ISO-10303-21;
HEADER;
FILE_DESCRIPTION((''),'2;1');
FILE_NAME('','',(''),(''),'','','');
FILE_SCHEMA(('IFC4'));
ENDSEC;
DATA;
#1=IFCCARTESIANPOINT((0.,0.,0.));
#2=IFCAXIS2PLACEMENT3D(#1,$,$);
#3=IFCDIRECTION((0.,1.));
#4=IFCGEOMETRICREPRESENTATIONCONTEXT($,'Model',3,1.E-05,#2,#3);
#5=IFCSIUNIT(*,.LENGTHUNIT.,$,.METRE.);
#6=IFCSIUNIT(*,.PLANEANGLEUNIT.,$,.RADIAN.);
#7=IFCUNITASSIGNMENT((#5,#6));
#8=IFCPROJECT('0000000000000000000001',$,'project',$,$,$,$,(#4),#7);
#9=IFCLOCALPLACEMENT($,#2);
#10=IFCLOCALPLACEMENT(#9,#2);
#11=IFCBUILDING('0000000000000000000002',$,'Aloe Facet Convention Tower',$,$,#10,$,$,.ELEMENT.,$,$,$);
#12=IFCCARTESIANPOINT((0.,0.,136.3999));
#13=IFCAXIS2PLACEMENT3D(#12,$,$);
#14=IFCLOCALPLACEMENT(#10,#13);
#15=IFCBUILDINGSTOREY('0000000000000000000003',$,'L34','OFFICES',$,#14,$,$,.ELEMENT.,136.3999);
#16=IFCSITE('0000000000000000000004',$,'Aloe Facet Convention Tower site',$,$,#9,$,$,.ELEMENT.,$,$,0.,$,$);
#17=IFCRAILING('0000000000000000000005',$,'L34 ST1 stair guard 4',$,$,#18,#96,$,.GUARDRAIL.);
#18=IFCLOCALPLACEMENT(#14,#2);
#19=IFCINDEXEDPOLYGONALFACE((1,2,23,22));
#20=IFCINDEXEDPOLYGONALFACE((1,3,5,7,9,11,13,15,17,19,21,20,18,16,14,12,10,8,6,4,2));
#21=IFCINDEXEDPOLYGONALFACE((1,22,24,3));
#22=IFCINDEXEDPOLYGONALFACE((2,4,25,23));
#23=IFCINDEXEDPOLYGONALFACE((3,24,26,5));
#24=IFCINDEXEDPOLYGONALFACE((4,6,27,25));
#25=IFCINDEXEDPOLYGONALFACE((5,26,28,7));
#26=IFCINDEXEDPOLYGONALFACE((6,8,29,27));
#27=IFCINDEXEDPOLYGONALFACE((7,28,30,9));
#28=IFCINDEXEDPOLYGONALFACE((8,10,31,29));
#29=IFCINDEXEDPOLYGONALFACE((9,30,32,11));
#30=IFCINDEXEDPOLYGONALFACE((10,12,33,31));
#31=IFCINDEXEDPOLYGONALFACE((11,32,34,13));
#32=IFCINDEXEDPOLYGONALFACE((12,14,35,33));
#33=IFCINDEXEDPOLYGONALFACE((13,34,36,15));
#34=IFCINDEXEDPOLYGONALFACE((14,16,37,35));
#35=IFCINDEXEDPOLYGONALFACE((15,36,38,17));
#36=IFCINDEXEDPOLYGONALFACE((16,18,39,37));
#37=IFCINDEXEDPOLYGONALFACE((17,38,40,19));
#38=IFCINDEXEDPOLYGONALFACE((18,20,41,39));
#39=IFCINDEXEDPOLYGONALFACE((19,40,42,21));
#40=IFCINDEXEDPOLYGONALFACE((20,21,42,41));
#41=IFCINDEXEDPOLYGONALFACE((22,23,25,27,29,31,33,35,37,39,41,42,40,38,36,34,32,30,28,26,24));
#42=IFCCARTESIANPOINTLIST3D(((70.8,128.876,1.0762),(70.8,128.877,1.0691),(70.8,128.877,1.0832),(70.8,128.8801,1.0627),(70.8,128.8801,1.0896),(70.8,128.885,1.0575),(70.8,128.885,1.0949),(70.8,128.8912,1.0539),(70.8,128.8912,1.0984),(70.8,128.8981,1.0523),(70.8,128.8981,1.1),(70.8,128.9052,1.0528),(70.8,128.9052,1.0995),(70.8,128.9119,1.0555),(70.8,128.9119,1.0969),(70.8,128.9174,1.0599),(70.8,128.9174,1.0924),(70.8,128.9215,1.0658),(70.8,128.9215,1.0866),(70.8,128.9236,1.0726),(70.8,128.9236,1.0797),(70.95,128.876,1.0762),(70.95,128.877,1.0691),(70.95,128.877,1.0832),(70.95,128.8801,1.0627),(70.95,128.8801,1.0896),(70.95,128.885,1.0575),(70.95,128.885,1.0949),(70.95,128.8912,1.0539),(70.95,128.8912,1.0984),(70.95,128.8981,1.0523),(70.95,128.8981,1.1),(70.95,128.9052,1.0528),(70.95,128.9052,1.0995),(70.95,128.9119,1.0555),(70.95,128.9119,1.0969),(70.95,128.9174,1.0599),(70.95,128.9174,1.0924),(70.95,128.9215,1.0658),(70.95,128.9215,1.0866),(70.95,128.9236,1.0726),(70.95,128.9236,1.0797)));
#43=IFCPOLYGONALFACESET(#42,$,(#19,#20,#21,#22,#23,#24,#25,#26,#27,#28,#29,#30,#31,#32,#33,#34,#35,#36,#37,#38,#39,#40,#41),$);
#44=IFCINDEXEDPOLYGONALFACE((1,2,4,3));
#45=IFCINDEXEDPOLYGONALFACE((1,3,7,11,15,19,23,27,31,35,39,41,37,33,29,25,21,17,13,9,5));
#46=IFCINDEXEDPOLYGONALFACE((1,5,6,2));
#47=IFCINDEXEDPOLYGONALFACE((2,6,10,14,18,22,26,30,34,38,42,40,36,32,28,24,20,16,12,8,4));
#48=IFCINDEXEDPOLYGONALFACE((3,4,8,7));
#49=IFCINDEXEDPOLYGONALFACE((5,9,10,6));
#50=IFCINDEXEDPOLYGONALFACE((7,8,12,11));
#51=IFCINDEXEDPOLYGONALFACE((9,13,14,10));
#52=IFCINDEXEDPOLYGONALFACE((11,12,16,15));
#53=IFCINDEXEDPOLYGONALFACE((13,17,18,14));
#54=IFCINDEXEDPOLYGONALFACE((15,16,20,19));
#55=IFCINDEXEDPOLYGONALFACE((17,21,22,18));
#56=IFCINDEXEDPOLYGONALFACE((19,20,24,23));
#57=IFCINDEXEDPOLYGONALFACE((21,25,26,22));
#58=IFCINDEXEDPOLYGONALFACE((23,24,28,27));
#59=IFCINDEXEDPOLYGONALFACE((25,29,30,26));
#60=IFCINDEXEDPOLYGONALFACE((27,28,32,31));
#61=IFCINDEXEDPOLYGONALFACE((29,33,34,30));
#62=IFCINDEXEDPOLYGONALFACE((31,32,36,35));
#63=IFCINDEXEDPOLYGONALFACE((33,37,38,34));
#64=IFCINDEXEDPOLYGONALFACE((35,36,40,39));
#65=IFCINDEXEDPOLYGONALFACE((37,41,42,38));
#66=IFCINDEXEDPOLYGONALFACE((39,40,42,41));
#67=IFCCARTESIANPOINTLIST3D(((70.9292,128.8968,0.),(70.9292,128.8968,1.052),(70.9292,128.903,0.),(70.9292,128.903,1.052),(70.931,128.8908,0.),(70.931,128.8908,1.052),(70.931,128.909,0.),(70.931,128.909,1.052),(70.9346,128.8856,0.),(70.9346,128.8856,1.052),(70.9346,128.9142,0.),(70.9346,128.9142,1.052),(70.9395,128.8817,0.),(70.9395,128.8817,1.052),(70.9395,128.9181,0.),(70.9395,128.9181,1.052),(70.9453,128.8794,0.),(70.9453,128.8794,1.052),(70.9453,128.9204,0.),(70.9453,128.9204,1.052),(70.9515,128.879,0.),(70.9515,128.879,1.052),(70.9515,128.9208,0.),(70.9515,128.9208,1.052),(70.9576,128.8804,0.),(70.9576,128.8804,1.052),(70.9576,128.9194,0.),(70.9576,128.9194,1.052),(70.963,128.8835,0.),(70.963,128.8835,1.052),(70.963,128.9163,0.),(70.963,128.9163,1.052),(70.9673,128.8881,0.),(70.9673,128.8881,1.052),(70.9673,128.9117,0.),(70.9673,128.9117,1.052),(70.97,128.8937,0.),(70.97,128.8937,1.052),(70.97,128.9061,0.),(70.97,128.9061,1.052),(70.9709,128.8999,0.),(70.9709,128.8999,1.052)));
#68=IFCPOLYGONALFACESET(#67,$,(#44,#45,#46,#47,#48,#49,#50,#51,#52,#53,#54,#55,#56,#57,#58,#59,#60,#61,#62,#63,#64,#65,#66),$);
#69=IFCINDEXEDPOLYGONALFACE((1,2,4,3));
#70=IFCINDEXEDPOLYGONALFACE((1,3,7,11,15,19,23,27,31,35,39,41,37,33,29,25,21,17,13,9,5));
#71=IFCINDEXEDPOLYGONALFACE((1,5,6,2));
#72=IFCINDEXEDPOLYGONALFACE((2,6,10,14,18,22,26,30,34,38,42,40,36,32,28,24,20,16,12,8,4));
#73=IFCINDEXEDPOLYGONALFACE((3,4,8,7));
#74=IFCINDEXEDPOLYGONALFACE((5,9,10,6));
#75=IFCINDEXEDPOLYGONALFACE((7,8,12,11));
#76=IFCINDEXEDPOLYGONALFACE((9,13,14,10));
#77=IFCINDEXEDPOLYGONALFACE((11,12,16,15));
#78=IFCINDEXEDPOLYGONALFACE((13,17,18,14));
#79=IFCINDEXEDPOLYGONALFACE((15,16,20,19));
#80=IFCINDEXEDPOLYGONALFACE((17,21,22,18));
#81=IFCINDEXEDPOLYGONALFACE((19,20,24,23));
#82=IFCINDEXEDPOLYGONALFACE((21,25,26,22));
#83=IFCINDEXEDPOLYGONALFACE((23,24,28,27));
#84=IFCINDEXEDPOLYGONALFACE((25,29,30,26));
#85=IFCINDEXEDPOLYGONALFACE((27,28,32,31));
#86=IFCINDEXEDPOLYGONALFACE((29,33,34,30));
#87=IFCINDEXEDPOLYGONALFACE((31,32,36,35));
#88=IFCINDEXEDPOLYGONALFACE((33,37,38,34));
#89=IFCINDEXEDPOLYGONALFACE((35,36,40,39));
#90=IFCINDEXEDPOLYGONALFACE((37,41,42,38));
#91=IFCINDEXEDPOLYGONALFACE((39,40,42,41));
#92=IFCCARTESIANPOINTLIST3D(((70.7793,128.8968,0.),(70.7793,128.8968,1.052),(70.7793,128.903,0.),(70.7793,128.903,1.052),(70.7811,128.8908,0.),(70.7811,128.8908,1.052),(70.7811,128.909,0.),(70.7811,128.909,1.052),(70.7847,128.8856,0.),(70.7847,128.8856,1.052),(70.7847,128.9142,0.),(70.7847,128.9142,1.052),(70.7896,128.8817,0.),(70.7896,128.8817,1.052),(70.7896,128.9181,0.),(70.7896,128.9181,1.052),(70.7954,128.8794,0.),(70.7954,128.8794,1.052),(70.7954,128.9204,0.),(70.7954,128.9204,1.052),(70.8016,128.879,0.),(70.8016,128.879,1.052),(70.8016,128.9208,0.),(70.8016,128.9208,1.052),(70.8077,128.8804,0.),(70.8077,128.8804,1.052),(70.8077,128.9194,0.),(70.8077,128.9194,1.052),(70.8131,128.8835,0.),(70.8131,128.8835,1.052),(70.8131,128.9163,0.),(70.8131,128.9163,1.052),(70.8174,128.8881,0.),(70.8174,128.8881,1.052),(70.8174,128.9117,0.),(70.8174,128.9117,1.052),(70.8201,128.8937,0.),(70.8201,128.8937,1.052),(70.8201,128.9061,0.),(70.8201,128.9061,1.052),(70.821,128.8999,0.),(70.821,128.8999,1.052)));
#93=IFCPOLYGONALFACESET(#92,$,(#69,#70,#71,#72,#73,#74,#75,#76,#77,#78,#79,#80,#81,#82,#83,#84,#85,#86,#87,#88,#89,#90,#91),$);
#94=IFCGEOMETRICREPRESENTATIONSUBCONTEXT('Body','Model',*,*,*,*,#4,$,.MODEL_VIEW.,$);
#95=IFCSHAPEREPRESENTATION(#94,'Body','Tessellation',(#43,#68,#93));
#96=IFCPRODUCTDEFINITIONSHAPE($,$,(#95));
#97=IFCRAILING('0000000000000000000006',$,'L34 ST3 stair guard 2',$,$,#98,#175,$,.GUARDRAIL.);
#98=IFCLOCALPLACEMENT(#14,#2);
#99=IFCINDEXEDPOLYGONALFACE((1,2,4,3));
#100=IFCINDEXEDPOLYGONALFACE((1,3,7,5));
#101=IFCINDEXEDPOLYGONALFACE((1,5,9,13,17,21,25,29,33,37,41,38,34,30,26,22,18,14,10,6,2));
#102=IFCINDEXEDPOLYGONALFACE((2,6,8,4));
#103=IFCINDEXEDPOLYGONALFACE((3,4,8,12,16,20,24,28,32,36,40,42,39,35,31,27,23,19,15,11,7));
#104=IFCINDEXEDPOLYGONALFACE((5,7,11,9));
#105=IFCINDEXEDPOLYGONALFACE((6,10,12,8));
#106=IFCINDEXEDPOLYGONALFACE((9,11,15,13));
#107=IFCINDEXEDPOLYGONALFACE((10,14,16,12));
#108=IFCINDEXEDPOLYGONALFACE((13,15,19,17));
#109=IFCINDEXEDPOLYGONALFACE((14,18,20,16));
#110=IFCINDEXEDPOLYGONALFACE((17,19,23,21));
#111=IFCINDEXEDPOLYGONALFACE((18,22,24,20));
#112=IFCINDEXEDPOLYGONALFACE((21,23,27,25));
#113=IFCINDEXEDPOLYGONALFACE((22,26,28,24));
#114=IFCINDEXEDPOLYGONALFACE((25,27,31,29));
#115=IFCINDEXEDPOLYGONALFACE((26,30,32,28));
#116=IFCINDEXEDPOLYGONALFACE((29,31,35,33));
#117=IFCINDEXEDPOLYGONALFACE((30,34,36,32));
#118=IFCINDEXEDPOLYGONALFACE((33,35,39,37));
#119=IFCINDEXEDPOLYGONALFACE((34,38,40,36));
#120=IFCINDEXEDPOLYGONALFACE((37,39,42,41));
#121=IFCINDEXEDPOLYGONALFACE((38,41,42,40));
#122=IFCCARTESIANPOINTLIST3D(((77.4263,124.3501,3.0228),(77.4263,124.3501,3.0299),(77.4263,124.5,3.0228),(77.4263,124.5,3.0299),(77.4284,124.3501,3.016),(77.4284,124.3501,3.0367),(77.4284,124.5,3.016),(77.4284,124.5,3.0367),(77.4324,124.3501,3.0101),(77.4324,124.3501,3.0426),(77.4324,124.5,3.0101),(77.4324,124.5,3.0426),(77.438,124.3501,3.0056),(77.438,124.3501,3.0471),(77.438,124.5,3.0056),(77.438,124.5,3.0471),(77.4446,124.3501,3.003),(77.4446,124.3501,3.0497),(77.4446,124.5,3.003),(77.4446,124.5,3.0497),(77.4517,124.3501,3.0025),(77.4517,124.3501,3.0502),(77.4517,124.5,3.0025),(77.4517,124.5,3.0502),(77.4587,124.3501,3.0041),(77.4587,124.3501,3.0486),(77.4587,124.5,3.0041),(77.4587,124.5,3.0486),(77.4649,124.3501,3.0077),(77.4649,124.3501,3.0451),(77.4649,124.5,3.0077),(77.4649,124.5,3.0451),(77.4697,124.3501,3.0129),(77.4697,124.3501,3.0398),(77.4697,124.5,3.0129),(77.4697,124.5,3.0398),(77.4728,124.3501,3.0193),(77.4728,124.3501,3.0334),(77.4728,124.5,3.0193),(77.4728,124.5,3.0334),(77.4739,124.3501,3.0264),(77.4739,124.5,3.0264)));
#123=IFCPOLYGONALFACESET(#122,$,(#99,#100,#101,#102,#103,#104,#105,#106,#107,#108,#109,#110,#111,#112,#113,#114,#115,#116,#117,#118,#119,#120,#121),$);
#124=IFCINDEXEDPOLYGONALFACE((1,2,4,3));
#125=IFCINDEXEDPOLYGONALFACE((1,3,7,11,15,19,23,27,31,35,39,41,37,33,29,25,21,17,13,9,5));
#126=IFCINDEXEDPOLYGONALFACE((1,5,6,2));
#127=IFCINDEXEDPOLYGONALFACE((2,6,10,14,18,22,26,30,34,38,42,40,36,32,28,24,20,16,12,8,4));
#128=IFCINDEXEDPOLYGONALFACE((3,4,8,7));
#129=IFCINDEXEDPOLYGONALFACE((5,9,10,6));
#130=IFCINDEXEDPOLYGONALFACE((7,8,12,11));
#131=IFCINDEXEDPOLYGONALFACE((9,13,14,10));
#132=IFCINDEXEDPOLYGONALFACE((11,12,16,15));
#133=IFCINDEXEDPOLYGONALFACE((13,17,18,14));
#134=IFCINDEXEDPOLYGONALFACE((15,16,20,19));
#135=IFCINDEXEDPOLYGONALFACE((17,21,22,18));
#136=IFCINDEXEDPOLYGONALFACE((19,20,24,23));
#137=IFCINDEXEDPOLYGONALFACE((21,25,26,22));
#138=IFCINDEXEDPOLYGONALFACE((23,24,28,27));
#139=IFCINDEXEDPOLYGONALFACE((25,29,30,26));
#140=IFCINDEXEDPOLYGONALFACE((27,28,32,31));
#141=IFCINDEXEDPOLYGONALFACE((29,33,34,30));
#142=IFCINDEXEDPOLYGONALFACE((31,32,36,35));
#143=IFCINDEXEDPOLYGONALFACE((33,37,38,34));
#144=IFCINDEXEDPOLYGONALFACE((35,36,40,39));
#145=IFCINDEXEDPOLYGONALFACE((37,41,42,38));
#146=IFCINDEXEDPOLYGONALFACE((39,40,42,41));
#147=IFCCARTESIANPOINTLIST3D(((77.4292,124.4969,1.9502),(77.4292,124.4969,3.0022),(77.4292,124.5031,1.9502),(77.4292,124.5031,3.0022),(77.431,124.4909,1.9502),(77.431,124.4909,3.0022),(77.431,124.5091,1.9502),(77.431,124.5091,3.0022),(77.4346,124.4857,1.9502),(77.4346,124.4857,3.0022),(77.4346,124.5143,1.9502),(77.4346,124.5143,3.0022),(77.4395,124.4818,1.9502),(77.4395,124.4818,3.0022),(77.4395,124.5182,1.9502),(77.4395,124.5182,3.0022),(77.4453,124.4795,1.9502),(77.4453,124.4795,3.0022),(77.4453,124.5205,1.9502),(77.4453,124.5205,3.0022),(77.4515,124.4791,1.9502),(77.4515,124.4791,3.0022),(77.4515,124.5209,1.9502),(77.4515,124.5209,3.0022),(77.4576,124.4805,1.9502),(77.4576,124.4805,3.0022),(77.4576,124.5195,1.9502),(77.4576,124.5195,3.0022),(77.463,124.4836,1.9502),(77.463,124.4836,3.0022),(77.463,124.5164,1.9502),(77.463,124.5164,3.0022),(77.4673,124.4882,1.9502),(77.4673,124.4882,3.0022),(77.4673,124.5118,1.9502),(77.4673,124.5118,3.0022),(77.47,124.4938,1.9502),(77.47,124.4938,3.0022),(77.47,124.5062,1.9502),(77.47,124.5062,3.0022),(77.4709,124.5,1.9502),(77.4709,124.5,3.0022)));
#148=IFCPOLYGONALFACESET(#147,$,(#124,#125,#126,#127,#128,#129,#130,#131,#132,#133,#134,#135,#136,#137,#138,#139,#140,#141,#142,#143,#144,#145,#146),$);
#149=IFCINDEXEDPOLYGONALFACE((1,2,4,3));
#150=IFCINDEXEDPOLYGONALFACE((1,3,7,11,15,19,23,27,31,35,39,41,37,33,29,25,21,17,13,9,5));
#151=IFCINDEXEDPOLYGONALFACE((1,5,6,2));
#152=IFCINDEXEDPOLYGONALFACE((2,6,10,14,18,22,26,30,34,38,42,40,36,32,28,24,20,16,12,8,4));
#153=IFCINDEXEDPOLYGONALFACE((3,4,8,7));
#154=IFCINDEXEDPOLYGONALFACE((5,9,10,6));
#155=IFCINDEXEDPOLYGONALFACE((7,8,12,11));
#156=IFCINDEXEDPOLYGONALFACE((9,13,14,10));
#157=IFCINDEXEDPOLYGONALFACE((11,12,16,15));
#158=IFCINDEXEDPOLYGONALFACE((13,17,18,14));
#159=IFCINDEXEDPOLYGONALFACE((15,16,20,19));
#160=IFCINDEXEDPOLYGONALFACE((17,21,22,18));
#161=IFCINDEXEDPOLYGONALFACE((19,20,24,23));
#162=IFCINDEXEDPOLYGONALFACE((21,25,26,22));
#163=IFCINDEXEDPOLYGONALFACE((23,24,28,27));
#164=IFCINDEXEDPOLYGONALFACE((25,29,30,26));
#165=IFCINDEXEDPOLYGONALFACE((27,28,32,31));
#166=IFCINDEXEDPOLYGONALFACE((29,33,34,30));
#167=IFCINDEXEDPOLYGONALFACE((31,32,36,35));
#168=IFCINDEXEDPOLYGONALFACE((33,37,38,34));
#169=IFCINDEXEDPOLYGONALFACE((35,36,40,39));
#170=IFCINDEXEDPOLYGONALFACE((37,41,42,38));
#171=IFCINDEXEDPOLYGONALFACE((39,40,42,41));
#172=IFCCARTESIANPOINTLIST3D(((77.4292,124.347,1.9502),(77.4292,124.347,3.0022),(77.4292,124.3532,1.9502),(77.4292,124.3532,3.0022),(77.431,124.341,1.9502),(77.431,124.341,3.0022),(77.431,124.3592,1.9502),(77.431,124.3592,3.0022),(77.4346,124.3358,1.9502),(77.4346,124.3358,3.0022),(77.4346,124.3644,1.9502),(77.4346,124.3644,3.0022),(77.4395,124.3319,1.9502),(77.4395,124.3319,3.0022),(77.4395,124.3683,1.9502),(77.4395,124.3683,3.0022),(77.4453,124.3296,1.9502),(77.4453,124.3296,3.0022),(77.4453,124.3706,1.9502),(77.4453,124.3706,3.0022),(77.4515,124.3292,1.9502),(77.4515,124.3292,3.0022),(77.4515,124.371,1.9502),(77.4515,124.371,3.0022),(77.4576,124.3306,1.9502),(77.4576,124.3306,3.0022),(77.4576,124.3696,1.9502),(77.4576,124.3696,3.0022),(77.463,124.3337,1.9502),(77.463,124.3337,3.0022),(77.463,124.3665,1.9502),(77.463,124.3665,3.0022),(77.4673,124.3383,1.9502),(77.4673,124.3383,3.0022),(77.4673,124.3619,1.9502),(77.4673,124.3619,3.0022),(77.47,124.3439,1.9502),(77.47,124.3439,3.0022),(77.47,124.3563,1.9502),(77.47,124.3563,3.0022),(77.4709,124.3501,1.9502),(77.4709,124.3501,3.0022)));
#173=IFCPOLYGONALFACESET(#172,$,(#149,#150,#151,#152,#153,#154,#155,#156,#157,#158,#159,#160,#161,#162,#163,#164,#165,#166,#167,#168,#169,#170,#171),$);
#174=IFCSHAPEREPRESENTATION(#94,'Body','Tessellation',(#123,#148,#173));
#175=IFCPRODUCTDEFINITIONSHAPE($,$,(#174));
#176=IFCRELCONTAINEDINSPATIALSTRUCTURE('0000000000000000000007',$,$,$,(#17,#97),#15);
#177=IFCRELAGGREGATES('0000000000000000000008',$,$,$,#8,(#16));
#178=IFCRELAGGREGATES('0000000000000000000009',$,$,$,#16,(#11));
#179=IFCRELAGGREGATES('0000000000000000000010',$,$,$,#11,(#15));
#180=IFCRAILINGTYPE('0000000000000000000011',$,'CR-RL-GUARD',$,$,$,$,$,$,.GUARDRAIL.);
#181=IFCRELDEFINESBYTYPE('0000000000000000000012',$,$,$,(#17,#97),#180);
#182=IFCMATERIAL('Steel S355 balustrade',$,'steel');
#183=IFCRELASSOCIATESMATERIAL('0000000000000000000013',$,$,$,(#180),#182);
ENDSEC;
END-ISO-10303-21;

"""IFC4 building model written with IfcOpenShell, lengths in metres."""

from ifc_helpers import new_model, si_unit, direction, frame, origin, origin_2d, place, context, subcontext, project, spatial, circle, extrude, material, type_object, element, save


model = new_model("IFC4")

# Units and contexts
model_context = context("Model", 3, precision=1e-05, world=origin(), true_north=direction((0.0, 1.0)))
body_context = subcontext(model_context, "Body", "Model", "MODEL_VIEW")
ifc_project = project(units=[si_unit("LENGTHUNIT", "METRE"), si_unit("PLANEANGLEUNIT", "RADIAN")], contexts=[model_context])

# Site, building, storey
site_placement = place(None, origin())
site = spatial("IfcSite", under=ifc_project, at=site_placement, Name="Aloe Facet Convention Tower site", CompositionType="ELEMENT", RefElevation=0.0)
building_placement = place(site_placement, origin())
building = spatial("IfcBuilding", under=site, at=building_placement, Name="Aloe Facet Convention Tower", CompositionType="ELEMENT")
storey_placement = place(building_placement, frame((0.0, 0.0, 136.3999)))
storey = spatial("IfcBuildingStorey", under=building, at=storey_placement, Name="L34", Description="OFFICES", CompositionType="ELEMENT", Elevation=136.3999)

# Railings
ifc_material_1 = material(Name="Steel S355 balustrade", Category="steel")
railing_type_1 = type_object("IfcRailingType", Name="CR-RL-GUARD", PredefinedType="GUARDRAIL", material=ifc_material_1)
railing_1_placement = place(storey_placement, frame((70.95, 128.8999, 0.0)))
element("IfcRailing", 1, at=railing_1_placement, inside=storey, type_object=railing_type_1, Name="L34 ST1 stair guard 4", PredefinedType="GUARDRAIL", context=body_context, shape_type="SweptSolid", body=[
    extrude(circle(Radius=0.0239, at=origin_2d()), frame((0.0, 0.0, 1.0762), z_axis=(-1.0, 0.0, 0.0), x_axis=(0.0, -1.0, 0.0)), (0.0, 0.0, 1.0), 0.1499),
    extrude(circle(Radius=0.021, at=origin_2d()), origin(), (0.0, 0.0, 1.0), 1.052),
    extrude(circle(Radius=0.021, at=origin_2d()), frame((-0.1499, 0.0, 0.0)), (0.0, 0.0, 1.0), 1.052),
])
railing_2_placement = place(storey_placement, frame((77.45, 124.5, 1.9502)))
element("IfcRailing", 2, at=railing_2_placement, inside=storey, type_object=railing_type_1, Name="L34 ST3 stair guard 2", PredefinedType="GUARDRAIL", context=body_context, shape_type="SweptSolid", body=[
    extrude(circle(Radius=0.0239, at=origin_2d()), frame((0.0, 0.0, 1.0762), z_axis=(0.0, -1.0, 0.0), x_axis=(1.0, 0.0, 0.0)), (0.0, 0.0, 1.0), 0.1499),
    extrude(circle(Radius=0.021, at=origin_2d()), origin(), (0.0, 0.0, 1.0), 1.052),
    extrude(circle(Radius=0.021, at=origin_2d()), frame((0.0, -0.1499, 0.0)), (0.0, 0.0, 1.0), 1.052),
])

save(model, "model.ifc")
